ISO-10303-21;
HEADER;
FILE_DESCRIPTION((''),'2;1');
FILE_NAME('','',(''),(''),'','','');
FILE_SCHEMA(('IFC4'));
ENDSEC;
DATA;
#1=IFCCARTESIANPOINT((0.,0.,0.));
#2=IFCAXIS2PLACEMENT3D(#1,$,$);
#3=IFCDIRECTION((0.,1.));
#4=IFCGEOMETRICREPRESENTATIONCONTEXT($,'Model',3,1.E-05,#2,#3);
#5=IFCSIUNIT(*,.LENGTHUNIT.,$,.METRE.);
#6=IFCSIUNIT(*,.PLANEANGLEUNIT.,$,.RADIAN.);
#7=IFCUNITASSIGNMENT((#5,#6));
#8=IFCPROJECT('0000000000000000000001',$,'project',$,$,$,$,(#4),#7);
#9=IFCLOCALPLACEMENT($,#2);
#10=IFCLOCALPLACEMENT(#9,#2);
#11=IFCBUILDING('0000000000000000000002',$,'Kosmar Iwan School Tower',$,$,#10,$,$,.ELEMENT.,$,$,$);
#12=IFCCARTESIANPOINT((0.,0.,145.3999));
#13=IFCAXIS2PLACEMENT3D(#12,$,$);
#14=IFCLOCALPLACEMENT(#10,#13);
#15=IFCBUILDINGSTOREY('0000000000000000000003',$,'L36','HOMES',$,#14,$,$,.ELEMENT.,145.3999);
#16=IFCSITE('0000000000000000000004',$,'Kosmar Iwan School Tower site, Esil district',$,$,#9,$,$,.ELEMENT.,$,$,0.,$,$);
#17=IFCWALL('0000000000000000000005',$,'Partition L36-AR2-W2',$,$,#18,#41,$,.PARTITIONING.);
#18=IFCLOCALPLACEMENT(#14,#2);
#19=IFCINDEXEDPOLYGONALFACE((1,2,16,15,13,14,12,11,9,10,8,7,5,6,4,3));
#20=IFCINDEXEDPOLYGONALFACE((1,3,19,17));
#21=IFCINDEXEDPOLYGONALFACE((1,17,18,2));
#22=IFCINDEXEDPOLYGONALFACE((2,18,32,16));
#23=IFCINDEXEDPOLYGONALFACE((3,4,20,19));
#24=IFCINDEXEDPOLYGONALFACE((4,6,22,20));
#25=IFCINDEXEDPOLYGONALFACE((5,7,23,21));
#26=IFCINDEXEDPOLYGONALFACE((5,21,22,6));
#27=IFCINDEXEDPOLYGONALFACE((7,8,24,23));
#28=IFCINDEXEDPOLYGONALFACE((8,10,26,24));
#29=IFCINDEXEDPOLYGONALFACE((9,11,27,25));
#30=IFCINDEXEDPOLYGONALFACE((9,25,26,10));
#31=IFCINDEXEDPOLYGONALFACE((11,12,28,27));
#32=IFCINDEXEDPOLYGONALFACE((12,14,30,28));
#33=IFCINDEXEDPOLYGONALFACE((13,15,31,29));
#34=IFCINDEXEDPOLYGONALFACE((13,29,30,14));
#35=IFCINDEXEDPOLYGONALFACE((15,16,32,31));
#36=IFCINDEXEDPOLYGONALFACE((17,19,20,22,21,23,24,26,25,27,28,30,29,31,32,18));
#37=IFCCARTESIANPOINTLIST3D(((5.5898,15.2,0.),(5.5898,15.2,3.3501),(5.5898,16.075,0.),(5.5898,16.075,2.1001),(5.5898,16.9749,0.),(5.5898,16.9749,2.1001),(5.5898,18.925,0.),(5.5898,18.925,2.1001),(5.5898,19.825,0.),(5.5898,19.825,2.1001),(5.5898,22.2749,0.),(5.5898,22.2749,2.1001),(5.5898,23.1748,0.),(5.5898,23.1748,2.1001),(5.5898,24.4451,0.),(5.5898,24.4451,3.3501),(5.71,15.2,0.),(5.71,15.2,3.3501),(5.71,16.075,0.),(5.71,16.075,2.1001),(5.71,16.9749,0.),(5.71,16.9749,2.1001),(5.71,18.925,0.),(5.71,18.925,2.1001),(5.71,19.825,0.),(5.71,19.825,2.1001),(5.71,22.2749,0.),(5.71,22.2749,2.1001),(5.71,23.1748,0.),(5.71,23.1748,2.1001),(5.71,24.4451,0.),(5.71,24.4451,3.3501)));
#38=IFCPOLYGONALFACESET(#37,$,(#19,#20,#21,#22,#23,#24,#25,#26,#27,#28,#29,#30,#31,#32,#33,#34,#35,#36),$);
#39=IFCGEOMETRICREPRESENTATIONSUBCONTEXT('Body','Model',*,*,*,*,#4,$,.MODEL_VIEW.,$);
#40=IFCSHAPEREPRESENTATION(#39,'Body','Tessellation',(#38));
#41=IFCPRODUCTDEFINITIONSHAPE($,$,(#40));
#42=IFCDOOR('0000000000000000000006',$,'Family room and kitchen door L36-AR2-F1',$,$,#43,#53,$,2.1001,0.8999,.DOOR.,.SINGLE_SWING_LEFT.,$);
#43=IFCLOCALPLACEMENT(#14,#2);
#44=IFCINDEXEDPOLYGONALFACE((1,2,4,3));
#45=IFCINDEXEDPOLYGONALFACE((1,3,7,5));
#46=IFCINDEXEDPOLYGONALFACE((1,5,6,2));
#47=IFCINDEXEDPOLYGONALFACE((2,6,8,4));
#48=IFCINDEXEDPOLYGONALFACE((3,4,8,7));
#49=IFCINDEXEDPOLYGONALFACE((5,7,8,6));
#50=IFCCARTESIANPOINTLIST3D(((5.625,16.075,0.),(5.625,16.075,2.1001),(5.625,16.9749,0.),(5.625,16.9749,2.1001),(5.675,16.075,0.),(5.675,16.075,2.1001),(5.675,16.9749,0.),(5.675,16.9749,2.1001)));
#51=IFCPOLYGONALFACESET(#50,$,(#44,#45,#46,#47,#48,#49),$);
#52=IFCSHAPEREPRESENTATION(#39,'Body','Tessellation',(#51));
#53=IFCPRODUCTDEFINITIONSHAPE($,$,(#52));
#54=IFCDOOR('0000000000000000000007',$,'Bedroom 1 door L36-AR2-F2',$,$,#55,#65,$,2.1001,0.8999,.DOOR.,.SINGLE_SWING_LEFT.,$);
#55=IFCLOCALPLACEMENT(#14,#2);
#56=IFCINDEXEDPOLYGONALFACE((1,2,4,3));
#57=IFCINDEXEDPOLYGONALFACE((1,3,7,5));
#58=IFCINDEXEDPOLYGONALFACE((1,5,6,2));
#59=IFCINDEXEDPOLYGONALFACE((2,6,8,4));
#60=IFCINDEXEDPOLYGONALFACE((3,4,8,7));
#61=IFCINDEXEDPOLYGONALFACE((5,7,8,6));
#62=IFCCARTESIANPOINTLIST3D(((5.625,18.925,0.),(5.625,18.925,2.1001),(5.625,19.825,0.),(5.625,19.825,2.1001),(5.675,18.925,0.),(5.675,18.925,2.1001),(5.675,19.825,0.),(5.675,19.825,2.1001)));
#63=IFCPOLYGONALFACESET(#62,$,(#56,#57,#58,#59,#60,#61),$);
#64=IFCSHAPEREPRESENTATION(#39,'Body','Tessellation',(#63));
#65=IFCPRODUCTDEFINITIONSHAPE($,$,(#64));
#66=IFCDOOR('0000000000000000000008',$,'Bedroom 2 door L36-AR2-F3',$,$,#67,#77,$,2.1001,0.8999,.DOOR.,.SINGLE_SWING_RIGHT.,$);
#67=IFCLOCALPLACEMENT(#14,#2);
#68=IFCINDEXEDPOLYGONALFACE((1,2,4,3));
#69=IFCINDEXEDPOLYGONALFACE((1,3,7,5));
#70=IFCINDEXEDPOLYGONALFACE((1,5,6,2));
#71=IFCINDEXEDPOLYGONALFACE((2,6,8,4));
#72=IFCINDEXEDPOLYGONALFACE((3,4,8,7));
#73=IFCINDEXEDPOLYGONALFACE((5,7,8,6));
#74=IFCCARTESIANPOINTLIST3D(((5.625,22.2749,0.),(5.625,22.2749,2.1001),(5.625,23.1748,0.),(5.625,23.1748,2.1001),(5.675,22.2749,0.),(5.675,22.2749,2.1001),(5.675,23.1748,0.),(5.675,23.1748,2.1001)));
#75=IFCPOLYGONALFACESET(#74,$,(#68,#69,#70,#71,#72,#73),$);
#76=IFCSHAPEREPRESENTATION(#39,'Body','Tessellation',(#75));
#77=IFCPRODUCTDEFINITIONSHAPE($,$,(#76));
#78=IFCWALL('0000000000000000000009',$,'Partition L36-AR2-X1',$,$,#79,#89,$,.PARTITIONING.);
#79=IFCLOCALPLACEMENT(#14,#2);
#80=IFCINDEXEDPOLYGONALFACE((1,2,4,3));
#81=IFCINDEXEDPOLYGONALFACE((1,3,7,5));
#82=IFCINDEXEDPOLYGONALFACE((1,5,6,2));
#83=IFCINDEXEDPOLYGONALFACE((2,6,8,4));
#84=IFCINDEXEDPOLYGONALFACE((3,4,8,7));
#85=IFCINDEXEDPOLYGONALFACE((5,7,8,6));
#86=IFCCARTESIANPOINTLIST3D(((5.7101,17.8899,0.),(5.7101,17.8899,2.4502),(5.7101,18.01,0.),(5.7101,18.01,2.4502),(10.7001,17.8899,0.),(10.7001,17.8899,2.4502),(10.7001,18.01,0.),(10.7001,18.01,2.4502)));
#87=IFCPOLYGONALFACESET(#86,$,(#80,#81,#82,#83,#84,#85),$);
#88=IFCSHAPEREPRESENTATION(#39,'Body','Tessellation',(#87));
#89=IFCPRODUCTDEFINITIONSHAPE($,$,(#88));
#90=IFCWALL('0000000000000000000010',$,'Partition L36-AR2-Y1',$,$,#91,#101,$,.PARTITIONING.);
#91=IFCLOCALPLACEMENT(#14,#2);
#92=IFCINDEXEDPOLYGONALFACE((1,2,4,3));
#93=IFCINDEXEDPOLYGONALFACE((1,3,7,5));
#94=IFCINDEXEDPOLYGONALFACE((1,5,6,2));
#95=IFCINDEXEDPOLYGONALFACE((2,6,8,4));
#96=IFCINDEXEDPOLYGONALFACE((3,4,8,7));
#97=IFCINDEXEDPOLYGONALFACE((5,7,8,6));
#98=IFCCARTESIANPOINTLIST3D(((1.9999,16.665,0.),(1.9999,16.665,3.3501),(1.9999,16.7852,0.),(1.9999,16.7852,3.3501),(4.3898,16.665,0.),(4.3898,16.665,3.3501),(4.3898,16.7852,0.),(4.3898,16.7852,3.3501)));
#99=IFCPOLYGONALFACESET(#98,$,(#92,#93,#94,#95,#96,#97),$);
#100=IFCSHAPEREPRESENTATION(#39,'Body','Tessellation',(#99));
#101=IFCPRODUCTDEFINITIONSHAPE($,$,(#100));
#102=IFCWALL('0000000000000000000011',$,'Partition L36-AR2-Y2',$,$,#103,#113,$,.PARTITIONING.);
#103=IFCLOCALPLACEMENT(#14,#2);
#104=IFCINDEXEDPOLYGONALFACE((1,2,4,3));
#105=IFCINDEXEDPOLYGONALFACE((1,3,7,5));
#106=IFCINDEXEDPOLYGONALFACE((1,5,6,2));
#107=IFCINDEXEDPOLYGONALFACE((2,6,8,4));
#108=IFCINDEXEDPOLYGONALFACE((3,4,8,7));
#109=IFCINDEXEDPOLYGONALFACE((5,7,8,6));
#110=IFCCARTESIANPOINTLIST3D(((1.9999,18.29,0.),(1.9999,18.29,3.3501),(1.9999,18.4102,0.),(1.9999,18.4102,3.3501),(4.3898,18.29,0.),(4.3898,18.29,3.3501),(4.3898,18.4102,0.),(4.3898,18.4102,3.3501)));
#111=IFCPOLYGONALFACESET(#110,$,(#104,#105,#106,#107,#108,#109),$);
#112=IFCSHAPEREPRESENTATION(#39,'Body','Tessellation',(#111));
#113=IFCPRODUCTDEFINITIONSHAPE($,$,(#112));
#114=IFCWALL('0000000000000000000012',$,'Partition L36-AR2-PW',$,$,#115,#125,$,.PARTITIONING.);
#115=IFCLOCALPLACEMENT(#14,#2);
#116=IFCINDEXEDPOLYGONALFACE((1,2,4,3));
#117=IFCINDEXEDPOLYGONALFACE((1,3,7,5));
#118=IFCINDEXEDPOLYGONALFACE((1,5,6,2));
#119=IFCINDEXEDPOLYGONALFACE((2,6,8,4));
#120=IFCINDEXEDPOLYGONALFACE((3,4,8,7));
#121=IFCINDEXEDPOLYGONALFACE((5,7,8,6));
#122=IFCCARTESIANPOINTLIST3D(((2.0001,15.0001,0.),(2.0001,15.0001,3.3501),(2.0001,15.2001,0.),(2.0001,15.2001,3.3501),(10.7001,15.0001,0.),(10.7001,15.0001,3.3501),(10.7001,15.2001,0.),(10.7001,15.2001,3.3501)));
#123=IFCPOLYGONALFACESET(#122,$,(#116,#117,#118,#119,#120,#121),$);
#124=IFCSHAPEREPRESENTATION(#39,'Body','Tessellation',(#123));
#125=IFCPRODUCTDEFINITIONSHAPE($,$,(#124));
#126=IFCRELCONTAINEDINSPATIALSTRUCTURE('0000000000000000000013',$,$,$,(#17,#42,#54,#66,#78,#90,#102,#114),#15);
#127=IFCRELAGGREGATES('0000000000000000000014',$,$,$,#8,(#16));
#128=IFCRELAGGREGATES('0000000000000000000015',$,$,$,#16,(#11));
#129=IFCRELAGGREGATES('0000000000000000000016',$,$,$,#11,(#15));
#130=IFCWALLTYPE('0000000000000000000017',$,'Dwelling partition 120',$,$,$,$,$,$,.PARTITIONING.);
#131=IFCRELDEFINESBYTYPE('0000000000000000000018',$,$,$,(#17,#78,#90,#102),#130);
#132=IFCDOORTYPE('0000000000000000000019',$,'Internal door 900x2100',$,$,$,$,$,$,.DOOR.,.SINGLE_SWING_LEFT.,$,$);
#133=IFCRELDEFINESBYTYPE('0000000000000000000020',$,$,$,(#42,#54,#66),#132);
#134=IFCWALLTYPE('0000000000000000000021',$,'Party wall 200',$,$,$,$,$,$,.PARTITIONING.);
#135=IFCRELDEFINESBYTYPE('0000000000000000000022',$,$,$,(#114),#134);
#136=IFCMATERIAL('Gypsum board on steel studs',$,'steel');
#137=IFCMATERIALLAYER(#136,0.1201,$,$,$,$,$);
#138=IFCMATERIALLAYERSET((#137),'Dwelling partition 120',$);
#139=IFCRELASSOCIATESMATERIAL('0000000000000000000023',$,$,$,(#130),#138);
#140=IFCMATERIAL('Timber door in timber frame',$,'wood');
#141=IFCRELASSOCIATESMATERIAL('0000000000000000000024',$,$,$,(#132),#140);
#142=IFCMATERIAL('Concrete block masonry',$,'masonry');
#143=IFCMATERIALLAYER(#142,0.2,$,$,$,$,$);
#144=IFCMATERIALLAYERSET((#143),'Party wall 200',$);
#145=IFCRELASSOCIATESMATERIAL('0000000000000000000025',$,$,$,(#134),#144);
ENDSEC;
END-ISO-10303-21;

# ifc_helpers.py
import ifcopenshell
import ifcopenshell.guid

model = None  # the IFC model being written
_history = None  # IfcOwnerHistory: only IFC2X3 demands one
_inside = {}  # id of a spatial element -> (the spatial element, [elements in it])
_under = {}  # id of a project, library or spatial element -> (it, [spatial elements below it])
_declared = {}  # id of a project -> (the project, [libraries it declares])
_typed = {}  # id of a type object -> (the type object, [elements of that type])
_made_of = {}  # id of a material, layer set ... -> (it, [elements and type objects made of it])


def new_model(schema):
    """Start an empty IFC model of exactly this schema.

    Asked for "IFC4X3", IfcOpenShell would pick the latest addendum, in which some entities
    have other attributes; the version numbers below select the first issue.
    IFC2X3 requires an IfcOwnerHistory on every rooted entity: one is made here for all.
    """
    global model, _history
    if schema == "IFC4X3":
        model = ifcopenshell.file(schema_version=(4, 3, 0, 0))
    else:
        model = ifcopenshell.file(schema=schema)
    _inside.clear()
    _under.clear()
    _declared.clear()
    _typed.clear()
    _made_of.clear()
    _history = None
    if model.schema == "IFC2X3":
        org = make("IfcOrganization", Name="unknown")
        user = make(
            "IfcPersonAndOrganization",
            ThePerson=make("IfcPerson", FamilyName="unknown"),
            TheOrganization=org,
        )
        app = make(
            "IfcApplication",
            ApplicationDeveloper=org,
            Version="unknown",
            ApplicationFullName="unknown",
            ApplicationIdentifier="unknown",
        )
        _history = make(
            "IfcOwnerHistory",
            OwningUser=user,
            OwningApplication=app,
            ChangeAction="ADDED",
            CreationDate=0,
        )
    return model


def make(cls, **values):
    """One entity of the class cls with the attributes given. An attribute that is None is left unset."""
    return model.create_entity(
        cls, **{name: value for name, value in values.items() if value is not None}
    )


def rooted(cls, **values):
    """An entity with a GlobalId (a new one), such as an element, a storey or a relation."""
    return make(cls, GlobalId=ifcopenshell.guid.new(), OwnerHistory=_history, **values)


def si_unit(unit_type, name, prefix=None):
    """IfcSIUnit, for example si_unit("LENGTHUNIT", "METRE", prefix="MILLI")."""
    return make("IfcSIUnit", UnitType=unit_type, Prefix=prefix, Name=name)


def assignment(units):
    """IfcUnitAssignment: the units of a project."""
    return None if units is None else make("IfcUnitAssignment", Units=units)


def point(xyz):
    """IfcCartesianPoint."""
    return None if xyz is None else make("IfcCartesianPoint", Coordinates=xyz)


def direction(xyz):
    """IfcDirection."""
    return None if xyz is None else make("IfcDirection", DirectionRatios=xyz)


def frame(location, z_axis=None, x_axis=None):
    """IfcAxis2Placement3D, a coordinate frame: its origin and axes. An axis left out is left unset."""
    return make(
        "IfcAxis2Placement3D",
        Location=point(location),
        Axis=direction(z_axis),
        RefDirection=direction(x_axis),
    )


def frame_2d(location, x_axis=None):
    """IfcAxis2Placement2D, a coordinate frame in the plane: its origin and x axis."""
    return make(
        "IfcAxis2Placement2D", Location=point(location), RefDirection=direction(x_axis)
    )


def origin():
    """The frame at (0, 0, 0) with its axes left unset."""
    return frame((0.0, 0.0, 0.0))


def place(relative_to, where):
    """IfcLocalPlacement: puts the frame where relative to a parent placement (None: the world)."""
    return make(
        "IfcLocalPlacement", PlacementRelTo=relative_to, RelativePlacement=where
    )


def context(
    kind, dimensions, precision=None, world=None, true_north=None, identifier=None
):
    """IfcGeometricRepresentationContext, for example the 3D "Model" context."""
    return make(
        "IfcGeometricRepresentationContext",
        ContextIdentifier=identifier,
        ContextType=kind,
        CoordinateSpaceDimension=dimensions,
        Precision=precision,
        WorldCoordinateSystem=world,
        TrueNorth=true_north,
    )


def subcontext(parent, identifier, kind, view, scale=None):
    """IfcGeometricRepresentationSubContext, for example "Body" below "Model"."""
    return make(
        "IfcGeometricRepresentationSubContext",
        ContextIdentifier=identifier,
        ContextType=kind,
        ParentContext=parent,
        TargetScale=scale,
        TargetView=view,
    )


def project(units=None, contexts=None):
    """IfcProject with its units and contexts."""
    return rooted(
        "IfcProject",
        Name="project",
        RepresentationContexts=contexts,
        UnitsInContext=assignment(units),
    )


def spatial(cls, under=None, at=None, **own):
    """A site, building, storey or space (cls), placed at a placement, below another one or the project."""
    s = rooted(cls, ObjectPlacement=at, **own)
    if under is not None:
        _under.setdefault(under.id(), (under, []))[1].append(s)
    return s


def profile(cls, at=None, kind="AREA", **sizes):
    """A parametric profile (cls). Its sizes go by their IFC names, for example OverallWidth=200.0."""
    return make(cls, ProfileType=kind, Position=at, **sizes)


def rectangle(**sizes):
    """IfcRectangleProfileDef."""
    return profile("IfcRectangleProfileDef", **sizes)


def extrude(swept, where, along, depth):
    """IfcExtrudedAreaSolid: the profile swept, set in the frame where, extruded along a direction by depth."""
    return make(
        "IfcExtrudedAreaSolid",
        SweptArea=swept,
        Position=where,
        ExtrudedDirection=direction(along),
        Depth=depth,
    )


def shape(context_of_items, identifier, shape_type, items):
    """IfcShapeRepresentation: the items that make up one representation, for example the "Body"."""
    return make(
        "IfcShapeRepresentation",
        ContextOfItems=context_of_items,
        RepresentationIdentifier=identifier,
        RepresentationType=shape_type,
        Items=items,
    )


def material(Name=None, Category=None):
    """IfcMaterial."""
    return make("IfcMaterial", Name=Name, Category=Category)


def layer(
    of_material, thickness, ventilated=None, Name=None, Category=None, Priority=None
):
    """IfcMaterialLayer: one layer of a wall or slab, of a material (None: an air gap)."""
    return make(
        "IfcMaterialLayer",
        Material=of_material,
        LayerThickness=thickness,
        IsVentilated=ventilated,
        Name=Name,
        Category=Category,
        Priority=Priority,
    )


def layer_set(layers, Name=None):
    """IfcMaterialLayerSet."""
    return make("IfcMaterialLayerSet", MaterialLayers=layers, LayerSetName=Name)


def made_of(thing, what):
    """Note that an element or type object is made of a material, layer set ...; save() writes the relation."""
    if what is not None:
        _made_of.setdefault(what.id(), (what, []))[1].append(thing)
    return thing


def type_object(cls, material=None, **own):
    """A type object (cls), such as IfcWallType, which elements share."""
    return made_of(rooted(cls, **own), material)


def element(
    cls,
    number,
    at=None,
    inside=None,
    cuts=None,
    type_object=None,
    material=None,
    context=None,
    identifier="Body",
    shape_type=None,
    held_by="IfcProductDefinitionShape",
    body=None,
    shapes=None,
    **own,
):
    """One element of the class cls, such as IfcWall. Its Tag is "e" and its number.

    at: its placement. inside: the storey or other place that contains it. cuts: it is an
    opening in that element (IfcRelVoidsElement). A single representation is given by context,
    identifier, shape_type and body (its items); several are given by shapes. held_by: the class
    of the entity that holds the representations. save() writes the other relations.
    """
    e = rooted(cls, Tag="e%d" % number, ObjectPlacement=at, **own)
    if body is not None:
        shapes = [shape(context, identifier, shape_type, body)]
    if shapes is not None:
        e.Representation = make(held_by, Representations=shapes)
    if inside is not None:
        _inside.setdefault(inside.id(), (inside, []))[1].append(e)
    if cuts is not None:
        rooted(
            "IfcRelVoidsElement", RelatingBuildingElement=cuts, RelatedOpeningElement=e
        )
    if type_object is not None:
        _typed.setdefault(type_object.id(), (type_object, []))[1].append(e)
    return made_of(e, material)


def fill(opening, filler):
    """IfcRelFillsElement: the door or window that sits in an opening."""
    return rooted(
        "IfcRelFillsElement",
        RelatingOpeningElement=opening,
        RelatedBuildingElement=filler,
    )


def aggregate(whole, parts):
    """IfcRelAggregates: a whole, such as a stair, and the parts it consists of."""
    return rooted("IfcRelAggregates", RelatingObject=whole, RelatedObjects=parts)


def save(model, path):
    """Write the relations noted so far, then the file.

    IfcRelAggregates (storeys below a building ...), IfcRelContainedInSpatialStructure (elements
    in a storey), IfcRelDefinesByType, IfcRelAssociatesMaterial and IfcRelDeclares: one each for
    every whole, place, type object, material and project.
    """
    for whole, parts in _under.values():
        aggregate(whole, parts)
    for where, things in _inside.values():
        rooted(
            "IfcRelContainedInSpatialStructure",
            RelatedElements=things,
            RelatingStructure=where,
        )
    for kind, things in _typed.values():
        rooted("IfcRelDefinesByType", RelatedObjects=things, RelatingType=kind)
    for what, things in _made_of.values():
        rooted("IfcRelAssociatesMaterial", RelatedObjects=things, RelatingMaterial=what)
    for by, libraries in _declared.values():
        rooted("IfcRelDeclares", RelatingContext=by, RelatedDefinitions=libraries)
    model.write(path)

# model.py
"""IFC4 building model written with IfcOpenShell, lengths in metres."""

from ifc_helpers import new_model, si_unit, direction, frame, frame_2d, origin, place, context, subcontext, project, spatial, rectangle, extrude, material, layer, layer_set, type_object, element, fill, save


model = new_model("IFC4")

# Units and contexts
model_context = context("Model", 3, precision=1e-05, world=origin(), true_north=direction((0.0, 1.0)))
body_context = subcontext(model_context, "Body", "Model", "MODEL_VIEW")
ifc_project = project(units=[si_unit("LENGTHUNIT", "METRE"), si_unit("PLANEANGLEUNIT", "RADIAN")], contexts=[model_context])

# Site, building, storey
site_placement = place(None, origin())
site = spatial("IfcSite", under=ifc_project, at=site_placement, Name="Kosmar Iwan School Tower site, Esil district", CompositionType="ELEMENT", RefElevation=0.0)
building_placement = place(site_placement, origin())
building = spatial("IfcBuilding", under=site, at=building_placement, Name="Kosmar Iwan School Tower", CompositionType="ELEMENT")
storey_placement = place(building_placement, frame((0.0, 0.0, 145.3999)))
storey = spatial("IfcBuildingStorey", under=building, at=storey_placement, Name="L36", Description="HOMES", CompositionType="ELEMENT", Elevation=145.3999)

# Shared definitions
ifc_material_1 = material(Name="Gypsum board on steel studs", Category="steel")
ifc_layer_1 = layer(ifc_material_1, 0.1201)
ifc_layer_set_1 = layer_set([ifc_layer_1], Name="Dwelling partition 120")
wall_type_1 = type_object("IfcWallType", Name="Dwelling partition 120", PredefinedType="PARTITIONING", material=ifc_layer_set_1)

# Wall, openings, doors
ifc_material_2 = material(Name="Timber door in timber frame", Category="wood")
door_type_1 = type_object("IfcDoorType", Name="Internal door 900x2100", OperationType="SINGLE_SWING_LEFT", PredefinedType="DOOR", material=ifc_material_2)
wall_1_placement = place(storey_placement, frame((5.6499, 15.2, 0.0), z_axis=(0.0, 0.0, 1.0), x_axis=(0.0, 1.0, 0.0)))
wall_1 = element("IfcWall", 1, at=wall_1_placement, inside=storey, type_object=wall_type_1, Name="Partition L36-AR2-W2", PredefinedType="PARTITIONING", context=body_context, shape_type="SweptSolid", body=[
    extrude(rectangle(XDim=9.2451, YDim=0.1201, at=frame_2d((4.6226, 0.0))), origin(), (0.0, 0.0, 1.0), 3.3501),
])
opening_1_placement = place(wall_1_placement, frame((0.875, 0.0, 0.0)))
opening_1 = element("IfcOpeningElement", 2, at=opening_1_placement, cuts=wall_1, PredefinedType="OPENING", context=body_context, shape_type="SweptSolid", body=[
    extrude(rectangle(XDim=0.8999, YDim=2.1001, at=frame_2d((0.45, 1.05))), frame((0.0, 0.072, 0.0), z_axis=(0.0, -1.0, 0.0), x_axis=(1.0, 0.0, 0.0)), (0.0, 0.0, 1.0), 0.144),
])
opening_2_placement = place(wall_1_placement, frame((3.7251, 0.0, 0.0)))
opening_2 = element("IfcOpeningElement", 3, at=opening_2_placement, cuts=wall_1, PredefinedType="OPENING", context=body_context, shape_type="SweptSolid", body=[
    extrude(rectangle(XDim=0.8999, YDim=2.1001, at=frame_2d((0.45, 1.05))), frame((0.0, 0.072, 0.0), z_axis=(0.0, -1.0, 0.0), x_axis=(1.0, 0.0, 0.0)), (0.0, 0.0, 1.0), 0.144),
])
opening_3_placement = place(wall_1_placement, frame((7.075, 0.0, 0.0)))
opening_3 = element("IfcOpeningElement", 4, at=opening_3_placement, cuts=wall_1, PredefinedType="OPENING", context=body_context, shape_type="SweptSolid", body=[
    extrude(rectangle(XDim=0.8999, YDim=2.1001, at=frame_2d((0.45, 1.05))), frame((0.0, 0.072, 0.0), z_axis=(0.0, -1.0, 0.0), x_axis=(1.0, 0.0, 0.0)), (0.0, 0.0, 1.0), 0.144),
])
door_1_placement = place(opening_1_placement, origin())
door_1 = element("IfcDoor", 5, at=door_1_placement, inside=storey, type_object=door_type_1, Name="Family room and kitchen door L36-AR2-F1", OperationType="SINGLE_SWING_LEFT", OverallHeight=2.1001, OverallWidth=0.8999, PredefinedType="DOOR", context=body_context, shape_type="SweptSolid", body=[
    extrude(rectangle(XDim=0.8999, YDim=2.1001, at=frame_2d((0.45, 1.05))), frame((0.0, 0.0249, 0.0), z_axis=(0.0, -1.0, 0.0), x_axis=(1.0, 0.0, 0.0)), (0.0, 0.0, 1.0), 0.05),
])
fill(opening_1, door_1)
door_2_placement = place(opening_2_placement, origin())
door_2 = element("IfcDoor", 6, at=door_2_placement, inside=storey, type_object=door_type_1, Name="Bedroom 1 door L36-AR2-F2", OperationType="SINGLE_SWING_LEFT", OverallHeight=2.1001, OverallWidth=0.8999, PredefinedType="DOOR", context=body_context, shape_type="SweptSolid", body=[
    extrude(rectangle(XDim=0.8999, YDim=2.1001, at=frame_2d((0.45, 1.05))), frame((0.0, 0.0249, 0.0), z_axis=(0.0, -1.0, 0.0), x_axis=(1.0, 0.0, 0.0)), (0.0, 0.0, 1.0), 0.05),
])
fill(opening_2, door_2)
door_3_placement = place(opening_3_placement, origin())
door_3 = element("IfcDoor", 7, at=door_3_placement, inside=storey, type_object=door_type_1, Name="Bedroom 2 door L36-AR2-F3", OperationType="SINGLE_SWING_RIGHT", OverallHeight=2.1001, OverallWidth=0.8999, PredefinedType="DOOR", context=body_context, shape_type="SweptSolid", body=[
    extrude(rectangle(XDim=0.8999, YDim=2.1001, at=frame_2d((0.45, 1.05))), frame((0.0, 0.0249, 0.0), z_axis=(0.0, -1.0, 0.0), x_axis=(1.0, 0.0, 0.0)), (0.0, 0.0, 1.0), 0.05),
])
fill(opening_3, door_3)

# Walls
wall_2_placement = place(storey_placement, frame((5.71, 17.95, 0.0), z_axis=(0.0, 0.0, 1.0), x_axis=(1.0, 0.0, 0.0)))
element("IfcWall", 8, at=wall_2_placement, inside=storey, type_object=wall_type_1, Name="Partition L36-AR2-X1", PredefinedType="PARTITIONING", context=body_context, shape_type="SweptSolid", body=[
    extrude(rectangle(XDim=4.99, YDim=0.1201, at=frame_2d((2.4951, 0.0))), origin(), (0.0, 0.0, 1.0), 2.4502),
])
for number, where, z_axis, x_axis, name in (
    (9, (2.0, 16.7251, 0.0), (0.0, 0.0, 1.0), (1.0, 0.0, 0.0), "Partition L36-AR2-Y1"),
    (10, (2.0, 18.3501, 0.0), (0.0, 0.0, 1.0), (1.0, 0.0, 0.0), "Partition L36-AR2-Y2"),
):
    element("IfcWall", number, at=place(storey_placement, frame(where, z_axis=z_axis, x_axis=x_axis)), inside=storey, type_object=wall_type_1, Name=name, PredefinedType="PARTITIONING", context=body_context, shape_type="SweptSolid", body=[
        extrude(rectangle(XDim=2.3899, YDim=0.1201, at=frame_2d((1.1948, 0.0))), origin(), (0.0, 0.0, 1.0), 3.3501),
    ])
ifc_material_3 = material(Name="Concrete block masonry", Category="masonry")
ifc_layer_2 = layer(ifc_material_3, 0.2)
ifc_layer_set_2 = layer_set([ifc_layer_2], Name="Party wall 200")
wall_type_2 = type_object("IfcWallType", Name="Party wall 200", PredefinedType="PARTITIONING", material=ifc_layer_set_2)
wall_3_placement = place(storey_placement, frame((2.0, 15.1001, 0.0), z_axis=(0.0, 0.0, 1.0), x_axis=(1.0, 0.0, 0.0)))
element("IfcWall", 11, at=wall_3_placement, inside=storey, type_object=wall_type_2, Name="Partition L36-AR2-PW", PredefinedType="PARTITIONING", context=body_context, shape_type="SweptSolid", body=[
    extrude(rectangle(XDim=8.7, YDim=0.2, at=frame_2d((4.3501, 0.0))), origin(), (0.0, 0.0, 1.0), 3.3501),
])

save(model, "model.ifc")
